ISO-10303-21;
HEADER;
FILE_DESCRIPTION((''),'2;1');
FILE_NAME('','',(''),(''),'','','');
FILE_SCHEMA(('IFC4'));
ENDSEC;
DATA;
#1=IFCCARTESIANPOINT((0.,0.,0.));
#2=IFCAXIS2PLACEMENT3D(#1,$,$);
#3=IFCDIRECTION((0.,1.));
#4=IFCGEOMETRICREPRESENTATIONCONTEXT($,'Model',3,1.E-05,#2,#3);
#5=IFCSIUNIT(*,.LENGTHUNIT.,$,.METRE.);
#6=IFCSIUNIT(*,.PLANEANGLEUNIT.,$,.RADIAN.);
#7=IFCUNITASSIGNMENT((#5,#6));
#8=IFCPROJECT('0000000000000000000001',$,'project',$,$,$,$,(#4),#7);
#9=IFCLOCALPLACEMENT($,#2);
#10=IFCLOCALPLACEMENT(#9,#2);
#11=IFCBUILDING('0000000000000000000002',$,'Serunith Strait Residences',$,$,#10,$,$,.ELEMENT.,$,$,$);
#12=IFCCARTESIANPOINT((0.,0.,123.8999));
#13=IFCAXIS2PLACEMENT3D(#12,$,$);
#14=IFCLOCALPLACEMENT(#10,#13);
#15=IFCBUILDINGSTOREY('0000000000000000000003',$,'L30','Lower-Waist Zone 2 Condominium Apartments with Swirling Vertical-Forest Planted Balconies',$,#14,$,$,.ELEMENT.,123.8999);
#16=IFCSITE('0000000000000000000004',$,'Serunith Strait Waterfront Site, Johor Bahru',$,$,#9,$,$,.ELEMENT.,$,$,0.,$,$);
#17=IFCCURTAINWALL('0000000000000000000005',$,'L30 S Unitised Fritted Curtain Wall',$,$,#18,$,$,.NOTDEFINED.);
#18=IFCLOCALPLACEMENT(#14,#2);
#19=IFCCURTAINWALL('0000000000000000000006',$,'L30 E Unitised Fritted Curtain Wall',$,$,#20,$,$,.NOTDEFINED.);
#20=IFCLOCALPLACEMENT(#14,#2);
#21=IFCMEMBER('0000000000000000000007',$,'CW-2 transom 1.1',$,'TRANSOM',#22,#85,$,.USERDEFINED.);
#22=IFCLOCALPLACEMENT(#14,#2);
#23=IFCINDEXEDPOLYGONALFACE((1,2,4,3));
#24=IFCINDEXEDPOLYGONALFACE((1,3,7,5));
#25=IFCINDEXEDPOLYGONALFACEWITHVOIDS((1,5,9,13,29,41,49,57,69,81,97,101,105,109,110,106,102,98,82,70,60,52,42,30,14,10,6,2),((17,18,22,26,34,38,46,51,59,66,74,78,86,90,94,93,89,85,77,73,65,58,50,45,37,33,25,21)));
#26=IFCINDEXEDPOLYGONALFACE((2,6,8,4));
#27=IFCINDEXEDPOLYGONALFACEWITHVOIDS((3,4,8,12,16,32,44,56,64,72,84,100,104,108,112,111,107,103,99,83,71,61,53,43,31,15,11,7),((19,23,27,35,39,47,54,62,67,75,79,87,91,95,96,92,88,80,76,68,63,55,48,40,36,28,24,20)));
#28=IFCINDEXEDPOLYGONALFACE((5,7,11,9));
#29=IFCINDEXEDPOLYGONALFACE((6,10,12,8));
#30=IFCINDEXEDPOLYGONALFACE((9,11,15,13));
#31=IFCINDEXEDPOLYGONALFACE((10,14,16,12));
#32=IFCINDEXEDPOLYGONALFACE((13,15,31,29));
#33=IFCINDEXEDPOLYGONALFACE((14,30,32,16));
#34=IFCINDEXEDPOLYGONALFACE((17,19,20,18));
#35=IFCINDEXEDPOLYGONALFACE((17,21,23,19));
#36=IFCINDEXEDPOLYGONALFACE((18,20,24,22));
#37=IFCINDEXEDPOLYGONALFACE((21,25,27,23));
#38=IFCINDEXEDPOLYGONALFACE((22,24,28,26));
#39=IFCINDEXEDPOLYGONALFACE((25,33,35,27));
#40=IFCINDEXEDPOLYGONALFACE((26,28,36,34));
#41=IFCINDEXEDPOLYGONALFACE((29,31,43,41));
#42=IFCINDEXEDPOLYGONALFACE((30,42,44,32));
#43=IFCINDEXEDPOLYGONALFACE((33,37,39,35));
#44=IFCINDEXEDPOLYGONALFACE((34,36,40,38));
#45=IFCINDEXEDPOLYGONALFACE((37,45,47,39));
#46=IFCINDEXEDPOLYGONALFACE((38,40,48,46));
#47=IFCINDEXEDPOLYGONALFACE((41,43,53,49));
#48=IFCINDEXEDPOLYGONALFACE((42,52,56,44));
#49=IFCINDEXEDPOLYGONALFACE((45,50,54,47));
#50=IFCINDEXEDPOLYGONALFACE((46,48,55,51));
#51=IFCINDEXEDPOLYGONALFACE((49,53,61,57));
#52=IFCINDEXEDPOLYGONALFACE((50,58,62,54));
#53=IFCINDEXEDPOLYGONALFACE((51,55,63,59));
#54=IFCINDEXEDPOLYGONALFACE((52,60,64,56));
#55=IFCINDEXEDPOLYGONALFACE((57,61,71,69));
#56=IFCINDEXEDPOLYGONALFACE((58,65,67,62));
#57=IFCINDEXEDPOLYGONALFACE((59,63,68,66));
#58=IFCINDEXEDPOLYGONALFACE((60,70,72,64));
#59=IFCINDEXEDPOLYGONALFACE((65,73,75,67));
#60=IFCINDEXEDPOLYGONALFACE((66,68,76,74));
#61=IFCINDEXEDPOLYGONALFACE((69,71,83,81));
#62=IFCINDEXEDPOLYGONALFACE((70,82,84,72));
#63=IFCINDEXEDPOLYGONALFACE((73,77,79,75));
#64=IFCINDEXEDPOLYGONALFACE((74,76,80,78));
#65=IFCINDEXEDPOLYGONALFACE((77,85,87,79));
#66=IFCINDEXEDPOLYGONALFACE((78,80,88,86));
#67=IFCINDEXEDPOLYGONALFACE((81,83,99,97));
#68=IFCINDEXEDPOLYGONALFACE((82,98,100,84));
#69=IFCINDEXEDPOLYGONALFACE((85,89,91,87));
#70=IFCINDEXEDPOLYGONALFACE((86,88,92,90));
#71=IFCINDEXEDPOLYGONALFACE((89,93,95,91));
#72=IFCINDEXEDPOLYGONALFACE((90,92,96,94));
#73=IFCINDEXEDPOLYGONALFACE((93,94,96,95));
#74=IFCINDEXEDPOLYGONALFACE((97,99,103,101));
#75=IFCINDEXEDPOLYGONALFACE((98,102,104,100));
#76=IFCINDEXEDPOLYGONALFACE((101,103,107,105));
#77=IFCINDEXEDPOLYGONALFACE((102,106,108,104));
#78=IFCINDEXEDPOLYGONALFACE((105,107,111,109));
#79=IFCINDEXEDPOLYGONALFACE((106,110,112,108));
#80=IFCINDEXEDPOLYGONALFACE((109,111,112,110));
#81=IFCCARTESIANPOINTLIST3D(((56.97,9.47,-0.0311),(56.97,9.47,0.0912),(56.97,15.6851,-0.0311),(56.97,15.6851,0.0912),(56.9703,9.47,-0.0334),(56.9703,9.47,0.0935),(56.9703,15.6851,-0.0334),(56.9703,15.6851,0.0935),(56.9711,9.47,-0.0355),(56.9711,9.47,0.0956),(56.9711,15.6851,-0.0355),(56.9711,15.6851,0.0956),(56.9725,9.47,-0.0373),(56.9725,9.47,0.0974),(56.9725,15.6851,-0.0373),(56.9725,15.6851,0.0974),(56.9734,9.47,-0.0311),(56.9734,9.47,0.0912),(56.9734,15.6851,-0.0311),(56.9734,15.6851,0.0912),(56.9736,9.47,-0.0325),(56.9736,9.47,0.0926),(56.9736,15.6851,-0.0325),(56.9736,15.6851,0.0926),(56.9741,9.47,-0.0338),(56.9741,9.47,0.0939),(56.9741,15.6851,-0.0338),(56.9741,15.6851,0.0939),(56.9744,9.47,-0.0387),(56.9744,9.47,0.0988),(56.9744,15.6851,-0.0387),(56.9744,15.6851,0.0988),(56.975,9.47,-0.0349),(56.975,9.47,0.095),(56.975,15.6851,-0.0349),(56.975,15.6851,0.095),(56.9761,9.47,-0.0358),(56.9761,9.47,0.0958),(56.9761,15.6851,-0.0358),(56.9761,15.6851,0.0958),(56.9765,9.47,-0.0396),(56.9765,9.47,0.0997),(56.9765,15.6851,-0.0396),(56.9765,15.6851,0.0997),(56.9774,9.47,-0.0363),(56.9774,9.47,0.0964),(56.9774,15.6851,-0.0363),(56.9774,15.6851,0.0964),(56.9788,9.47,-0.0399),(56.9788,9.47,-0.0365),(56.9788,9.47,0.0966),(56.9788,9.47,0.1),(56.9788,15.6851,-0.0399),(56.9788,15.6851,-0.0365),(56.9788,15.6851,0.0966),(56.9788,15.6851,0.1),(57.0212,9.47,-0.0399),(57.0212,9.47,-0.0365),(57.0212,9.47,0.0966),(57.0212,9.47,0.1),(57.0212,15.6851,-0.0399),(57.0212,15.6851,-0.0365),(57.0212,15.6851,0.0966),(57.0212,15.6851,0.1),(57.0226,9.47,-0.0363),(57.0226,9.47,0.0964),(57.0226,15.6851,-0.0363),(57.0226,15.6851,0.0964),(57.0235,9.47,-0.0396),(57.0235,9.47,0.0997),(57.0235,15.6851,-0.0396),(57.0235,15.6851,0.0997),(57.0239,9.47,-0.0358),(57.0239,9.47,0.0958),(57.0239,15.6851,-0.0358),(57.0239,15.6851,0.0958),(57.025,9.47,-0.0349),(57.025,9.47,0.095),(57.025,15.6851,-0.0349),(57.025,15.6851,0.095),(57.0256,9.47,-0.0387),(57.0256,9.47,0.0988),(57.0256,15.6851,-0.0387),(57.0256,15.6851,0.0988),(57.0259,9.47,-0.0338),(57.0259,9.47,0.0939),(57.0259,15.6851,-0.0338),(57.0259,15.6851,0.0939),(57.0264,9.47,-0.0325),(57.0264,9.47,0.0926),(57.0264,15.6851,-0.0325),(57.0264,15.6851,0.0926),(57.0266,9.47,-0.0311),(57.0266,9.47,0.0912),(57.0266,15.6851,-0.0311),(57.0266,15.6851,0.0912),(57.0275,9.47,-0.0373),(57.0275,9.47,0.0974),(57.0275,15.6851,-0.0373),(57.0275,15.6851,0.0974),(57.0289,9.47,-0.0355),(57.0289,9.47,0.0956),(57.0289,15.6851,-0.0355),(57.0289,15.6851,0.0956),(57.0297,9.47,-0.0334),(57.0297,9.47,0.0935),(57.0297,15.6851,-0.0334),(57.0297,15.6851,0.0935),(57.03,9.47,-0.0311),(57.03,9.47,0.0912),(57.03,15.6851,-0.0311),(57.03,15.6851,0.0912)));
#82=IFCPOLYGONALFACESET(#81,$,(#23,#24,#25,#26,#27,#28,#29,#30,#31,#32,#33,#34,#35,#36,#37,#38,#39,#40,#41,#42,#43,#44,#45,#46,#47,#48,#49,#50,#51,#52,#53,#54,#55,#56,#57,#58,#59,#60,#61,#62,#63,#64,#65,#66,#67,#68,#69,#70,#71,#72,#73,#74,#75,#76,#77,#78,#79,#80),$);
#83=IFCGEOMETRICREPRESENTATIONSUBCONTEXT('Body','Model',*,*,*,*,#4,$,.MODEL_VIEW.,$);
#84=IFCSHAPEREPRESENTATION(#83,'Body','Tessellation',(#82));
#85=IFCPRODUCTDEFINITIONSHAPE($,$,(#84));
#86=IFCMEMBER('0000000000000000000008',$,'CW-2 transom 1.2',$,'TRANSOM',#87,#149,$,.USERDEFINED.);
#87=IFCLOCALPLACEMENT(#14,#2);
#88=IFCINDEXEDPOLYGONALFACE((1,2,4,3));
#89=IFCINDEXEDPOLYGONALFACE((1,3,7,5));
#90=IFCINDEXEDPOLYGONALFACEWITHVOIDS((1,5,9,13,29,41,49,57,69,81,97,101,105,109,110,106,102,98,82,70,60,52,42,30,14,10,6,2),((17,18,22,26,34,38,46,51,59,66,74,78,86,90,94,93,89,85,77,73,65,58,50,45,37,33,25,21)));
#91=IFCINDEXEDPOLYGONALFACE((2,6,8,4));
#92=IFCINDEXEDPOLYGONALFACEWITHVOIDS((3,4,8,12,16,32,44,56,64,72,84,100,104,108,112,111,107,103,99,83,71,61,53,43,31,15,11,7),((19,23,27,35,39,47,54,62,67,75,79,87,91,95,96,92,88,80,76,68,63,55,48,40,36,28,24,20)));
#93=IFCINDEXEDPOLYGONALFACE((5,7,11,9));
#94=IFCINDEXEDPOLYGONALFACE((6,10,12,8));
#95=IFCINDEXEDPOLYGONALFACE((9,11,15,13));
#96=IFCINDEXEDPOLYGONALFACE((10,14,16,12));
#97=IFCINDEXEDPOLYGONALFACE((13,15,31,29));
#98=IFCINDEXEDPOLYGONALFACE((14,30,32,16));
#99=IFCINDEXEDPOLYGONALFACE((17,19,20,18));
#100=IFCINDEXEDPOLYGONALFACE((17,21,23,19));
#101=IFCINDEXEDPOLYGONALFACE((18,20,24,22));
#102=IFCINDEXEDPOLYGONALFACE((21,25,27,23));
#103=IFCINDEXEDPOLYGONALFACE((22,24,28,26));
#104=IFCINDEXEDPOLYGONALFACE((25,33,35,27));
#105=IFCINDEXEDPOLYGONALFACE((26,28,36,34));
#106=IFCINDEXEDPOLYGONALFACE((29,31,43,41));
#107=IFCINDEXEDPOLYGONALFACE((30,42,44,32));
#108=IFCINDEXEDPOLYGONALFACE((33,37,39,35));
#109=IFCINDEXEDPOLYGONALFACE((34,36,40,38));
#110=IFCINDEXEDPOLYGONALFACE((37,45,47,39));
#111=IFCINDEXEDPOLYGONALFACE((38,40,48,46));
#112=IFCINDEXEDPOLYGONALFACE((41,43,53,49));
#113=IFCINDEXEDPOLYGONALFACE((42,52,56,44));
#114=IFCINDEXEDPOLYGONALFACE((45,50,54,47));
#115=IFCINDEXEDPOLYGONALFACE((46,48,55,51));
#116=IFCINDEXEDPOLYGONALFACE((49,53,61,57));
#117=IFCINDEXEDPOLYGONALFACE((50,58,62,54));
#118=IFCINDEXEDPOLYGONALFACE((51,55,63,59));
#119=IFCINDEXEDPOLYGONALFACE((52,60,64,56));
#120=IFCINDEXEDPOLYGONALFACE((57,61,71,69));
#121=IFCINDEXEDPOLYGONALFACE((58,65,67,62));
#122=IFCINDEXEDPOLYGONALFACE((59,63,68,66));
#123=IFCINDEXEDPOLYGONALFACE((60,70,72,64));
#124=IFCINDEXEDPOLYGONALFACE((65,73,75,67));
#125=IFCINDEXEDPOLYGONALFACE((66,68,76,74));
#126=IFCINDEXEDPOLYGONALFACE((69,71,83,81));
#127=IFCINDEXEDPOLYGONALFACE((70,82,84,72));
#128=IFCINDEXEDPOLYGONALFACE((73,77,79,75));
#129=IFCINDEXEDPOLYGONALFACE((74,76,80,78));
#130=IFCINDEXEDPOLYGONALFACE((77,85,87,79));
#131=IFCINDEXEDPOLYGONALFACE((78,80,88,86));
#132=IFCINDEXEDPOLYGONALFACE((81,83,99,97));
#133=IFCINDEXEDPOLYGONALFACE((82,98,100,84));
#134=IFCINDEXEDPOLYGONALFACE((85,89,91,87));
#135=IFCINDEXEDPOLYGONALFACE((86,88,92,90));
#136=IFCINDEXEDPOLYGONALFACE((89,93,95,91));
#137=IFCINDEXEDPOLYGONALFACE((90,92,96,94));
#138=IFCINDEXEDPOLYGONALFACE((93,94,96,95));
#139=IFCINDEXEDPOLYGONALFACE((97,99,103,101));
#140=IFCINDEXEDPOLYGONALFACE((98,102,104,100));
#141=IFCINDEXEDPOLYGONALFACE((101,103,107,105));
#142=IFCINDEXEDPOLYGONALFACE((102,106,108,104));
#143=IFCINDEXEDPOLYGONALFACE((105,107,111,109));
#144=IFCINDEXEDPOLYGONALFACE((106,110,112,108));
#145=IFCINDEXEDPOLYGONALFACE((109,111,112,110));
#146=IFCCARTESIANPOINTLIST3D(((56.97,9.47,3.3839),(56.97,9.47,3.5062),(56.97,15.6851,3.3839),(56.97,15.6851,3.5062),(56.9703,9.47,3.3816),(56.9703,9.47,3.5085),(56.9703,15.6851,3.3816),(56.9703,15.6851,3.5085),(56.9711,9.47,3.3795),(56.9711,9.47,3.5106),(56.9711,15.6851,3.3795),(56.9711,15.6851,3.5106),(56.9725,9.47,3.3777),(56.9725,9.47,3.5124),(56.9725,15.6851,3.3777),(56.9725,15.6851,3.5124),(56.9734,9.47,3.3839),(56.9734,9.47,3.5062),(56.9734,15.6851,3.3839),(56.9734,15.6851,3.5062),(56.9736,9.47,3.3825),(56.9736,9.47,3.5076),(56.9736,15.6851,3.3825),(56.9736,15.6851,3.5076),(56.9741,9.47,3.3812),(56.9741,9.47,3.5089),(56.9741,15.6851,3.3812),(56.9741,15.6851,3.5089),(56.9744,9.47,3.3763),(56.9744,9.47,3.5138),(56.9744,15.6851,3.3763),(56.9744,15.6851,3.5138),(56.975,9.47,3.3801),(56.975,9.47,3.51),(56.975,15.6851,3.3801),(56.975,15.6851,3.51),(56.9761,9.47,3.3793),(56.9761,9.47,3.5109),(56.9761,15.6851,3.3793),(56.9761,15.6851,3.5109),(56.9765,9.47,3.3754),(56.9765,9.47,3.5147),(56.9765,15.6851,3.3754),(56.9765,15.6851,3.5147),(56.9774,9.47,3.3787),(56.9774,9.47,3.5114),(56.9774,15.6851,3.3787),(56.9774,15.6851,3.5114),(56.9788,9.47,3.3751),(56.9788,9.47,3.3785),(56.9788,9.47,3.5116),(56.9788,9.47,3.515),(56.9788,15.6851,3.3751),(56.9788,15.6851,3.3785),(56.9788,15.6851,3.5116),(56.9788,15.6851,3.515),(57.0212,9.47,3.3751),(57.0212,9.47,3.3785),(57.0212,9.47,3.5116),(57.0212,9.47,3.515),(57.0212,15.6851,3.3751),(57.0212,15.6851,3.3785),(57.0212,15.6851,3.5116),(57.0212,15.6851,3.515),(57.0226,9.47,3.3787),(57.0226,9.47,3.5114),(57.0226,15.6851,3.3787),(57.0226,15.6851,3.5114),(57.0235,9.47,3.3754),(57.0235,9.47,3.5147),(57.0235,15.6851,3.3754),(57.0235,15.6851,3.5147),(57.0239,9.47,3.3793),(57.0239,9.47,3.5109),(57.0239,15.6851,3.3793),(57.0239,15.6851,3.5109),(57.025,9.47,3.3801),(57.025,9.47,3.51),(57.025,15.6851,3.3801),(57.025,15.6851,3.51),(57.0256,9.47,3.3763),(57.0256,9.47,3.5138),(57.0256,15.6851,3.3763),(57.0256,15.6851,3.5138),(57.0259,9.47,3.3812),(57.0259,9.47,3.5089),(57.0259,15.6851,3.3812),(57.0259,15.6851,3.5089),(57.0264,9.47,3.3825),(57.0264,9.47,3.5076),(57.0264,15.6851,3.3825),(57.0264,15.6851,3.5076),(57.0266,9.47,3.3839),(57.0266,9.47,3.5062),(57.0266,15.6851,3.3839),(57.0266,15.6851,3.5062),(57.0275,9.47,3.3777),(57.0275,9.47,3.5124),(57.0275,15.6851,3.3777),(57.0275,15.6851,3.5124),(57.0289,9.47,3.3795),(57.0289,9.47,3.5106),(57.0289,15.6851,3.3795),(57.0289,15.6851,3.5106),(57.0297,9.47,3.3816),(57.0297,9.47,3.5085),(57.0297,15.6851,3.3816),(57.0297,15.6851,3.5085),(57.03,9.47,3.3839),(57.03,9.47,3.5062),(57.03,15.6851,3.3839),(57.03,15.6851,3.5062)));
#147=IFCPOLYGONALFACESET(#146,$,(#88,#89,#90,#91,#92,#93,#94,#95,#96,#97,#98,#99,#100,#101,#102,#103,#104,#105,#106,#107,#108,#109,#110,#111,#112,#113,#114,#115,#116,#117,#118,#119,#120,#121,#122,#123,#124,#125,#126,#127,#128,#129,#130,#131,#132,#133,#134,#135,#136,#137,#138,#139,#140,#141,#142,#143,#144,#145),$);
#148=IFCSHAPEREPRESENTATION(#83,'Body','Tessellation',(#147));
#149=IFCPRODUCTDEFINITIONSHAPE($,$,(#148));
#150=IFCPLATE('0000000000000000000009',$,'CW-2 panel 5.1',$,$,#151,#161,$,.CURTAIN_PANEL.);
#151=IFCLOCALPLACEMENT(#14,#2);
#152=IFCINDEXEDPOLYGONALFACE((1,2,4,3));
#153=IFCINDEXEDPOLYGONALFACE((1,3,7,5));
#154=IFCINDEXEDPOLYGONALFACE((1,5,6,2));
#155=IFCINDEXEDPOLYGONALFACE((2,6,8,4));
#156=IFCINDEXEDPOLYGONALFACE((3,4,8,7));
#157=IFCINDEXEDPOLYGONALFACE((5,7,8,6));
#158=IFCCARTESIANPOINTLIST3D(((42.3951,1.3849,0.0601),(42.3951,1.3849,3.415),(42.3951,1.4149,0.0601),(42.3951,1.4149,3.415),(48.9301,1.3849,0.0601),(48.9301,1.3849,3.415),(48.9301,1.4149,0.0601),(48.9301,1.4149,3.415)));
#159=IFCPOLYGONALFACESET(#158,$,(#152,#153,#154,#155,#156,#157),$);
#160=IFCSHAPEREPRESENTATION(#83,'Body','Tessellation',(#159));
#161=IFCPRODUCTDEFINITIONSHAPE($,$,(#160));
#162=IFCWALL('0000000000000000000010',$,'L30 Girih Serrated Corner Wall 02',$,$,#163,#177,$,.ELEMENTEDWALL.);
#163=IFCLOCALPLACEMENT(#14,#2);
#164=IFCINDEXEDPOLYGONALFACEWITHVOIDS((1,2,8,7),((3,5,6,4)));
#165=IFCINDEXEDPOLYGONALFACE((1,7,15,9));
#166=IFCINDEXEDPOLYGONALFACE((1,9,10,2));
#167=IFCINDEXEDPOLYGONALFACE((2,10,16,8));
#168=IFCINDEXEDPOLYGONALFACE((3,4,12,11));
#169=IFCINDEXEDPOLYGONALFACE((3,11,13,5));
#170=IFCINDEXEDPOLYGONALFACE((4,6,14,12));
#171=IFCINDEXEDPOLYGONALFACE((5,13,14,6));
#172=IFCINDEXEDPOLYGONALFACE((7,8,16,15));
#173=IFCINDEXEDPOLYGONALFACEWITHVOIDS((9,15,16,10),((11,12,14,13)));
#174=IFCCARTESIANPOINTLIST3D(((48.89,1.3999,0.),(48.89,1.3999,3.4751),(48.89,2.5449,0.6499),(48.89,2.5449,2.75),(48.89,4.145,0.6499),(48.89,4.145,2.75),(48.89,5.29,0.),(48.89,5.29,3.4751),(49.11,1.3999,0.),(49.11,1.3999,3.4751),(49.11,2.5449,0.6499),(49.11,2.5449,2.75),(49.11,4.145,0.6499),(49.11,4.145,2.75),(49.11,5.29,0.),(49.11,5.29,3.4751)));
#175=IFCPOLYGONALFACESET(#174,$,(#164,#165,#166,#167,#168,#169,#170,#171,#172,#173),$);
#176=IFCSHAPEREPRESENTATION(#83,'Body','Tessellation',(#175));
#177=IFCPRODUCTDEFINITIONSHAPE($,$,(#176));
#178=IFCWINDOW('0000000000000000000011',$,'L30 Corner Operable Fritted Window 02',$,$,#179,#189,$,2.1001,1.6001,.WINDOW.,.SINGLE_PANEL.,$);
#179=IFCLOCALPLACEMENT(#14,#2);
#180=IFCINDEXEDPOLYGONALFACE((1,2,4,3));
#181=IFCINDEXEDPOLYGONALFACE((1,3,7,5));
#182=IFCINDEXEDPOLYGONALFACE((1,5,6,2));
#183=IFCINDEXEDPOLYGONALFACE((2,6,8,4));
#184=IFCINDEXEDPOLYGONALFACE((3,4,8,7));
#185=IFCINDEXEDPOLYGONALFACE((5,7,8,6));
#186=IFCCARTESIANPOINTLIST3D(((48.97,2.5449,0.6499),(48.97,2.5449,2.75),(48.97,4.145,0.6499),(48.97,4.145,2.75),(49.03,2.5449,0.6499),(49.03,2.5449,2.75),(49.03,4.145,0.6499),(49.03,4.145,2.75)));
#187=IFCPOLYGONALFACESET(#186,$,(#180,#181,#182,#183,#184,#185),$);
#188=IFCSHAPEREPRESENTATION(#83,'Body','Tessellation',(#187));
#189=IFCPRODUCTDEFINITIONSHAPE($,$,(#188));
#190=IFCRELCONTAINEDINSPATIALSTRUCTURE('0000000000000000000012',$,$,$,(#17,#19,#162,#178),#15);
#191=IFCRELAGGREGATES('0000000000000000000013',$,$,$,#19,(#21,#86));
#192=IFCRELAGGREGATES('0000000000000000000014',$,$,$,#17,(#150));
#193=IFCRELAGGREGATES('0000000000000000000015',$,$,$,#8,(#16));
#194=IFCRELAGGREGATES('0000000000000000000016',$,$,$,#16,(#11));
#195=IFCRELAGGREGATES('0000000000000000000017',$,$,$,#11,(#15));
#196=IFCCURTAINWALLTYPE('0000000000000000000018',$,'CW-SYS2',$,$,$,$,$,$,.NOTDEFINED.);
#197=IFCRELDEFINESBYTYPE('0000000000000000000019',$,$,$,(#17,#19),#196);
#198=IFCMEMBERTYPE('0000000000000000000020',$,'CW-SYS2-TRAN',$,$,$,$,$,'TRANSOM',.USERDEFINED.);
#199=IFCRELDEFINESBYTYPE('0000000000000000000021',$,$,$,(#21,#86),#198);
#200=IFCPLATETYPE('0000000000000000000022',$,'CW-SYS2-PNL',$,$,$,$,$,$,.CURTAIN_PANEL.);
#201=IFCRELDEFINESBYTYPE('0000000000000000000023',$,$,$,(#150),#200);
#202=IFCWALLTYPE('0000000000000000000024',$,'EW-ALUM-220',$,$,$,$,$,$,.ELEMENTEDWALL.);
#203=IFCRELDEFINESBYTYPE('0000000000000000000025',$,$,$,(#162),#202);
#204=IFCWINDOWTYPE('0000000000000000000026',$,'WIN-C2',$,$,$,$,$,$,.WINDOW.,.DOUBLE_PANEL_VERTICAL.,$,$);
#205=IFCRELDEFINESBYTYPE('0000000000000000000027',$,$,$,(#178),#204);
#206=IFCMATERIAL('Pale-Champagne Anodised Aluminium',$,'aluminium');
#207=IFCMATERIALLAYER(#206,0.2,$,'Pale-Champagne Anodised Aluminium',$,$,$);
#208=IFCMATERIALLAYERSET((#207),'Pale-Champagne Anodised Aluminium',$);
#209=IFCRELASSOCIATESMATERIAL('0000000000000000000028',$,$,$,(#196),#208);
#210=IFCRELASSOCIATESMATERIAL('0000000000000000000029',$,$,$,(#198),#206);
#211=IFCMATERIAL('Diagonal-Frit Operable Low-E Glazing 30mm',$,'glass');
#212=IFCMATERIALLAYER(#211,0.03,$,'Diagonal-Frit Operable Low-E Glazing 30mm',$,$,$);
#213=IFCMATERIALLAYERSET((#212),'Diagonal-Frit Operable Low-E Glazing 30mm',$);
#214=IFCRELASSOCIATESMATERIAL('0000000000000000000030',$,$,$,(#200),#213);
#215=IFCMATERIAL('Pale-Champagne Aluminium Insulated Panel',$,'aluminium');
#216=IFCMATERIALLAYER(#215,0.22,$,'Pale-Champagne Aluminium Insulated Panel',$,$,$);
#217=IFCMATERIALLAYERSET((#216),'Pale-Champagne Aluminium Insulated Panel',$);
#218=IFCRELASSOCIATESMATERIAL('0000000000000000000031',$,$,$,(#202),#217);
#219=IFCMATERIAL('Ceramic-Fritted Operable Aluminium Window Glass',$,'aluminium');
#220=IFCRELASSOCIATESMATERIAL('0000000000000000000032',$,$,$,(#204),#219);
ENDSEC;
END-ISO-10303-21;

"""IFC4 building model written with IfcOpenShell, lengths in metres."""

from ifc_helpers import new_model, si_unit, direction, frame, frame_2d, origin, origin_2d, place, context, subcontext, project, spatial, rectangle, hollow_rectangle, extrude, source, transform, mapped, material, layer, layer_set, material_profile, profile_set, type_object, element, fill, aggregate, save


model = new_model("IFC4")

# Units and contexts
model_context = context("Model", 3, precision=1e-05, world=origin(), true_north=direction((0.0, 1.0)))
body_context = subcontext(model_context, "Body", "Model", "MODEL_VIEW")
ifc_project = project(units=[si_unit("LENGTHUNIT", "METRE"), si_unit("PLANEANGLEUNIT", "RADIAN")], contexts=[model_context])

# Site, building, storey
site_placement = place(None, origin())
site = spatial("IfcSite", under=ifc_project, at=site_placement, Name="Serunith Strait Waterfront Site, Johor Bahru", CompositionType="ELEMENT", RefElevation=0.0)
building_placement = place(site_placement, origin())
building = spatial("IfcBuilding", under=site, at=building_placement, Name="Serunith Strait Residences", CompositionType="ELEMENT")
storey_placement = place(building_placement, frame((0.0, 0.0, 123.8999)))
storey = spatial("IfcBuildingStorey", under=building, at=storey_placement, Name="L30", Description="Lower-Waist Zone 2 Condominium Apartments with Swirling Vertical-Forest Planted Balconies", CompositionType="ELEMENT", Elevation=123.8999)

# Curtain wall
ifc_material_1 = material(Name="Pale-Champagne Anodised Aluminium", Category="aluminium")
ifc_layer_1 = layer(ifc_material_1, 0.2, Name="Pale-Champagne Anodised Aluminium")
ifc_layer_set_1 = layer_set([ifc_layer_1], Name="Pale-Champagne Anodised Aluminium")
curtain_wall_type = type_object("IfcCurtainWallType", Name="CW-SYS2", PredefinedType="NOTDEFINED", material=ifc_layer_set_1)
curtain_wall_1_placement = place(storey_placement, origin())
curtain_wall_1 = element("IfcCurtainWall", 1, at=curtain_wall_1_placement, inside=storey, type_object=curtain_wall_type, Name="L30 S Unitised Fritted Curtain Wall", PredefinedType="NOTDEFINED")

# Curtain wall, members
curtain_wall_2_placement = place(storey_placement, origin())
curtain_wall_2 = element("IfcCurtainWall", 2, at=curtain_wall_2_placement, inside=storey, type_object=curtain_wall_type, Name="L30 E Unitised Fritted Curtain Wall", PredefinedType="NOTDEFINED")
ifc_material_profile_1 = material_profile(ifc_material_1, hollow_rectangle(XDim=0.0601, YDim=0.1399, WallThickness=0.0034, InnerFilletRadius=0.0054, OuterFilletRadius=0.0088, at=origin_2d()), Name="ALU 140x60x3.5")
ifc_profile_set_1 = profile_set([ifc_material_profile_1], Name="Pale-Champagne Anodised Aluminium")
member_type_1 = type_object("IfcMemberType", Name="CW-SYS2-TRAN", ElementType="TRANSOM", PredefinedType="USERDEFINED", material=ifc_profile_set_1)
shared_shape_1 = source(origin(), body_context, "Body", "SweptSolid", [
    extrude(hollow_rectangle(XDim=0.0601, YDim=0.1399, WallThickness=0.0034, InnerFilletRadius=0.0054, OuterFilletRadius=0.0088, at=origin_2d()), origin(), (0.0, 0.0, 1.0), 6.2151),
])
member_1_placement = place(storey_placement, frame((57.0, 9.47, 0.03), z_axis=(0.0, 1.0, 0.0), x_axis=(-1.0, 0.0, 0.0)))
member_1 = element("IfcMember", 3, at=member_1_placement, type_object=member_type_1, Name="CW-2 transom 1.1", ObjectType="TRANSOM", PredefinedType="USERDEFINED", context=body_context, shape_type="MappedRepresentation", body=[
    mapped(shared_shape_1, transform((0.0, 0.0, 0.0), scale=1.0)),
])
member_2_placement = place(storey_placement, frame((57.0, 9.47, 3.4451), z_axis=(0.0, 1.0, 0.0), x_axis=(-1.0, 0.0, 0.0)))
member_2 = element("IfcMember", 4, at=member_2_placement, type_object=member_type_1, Name="CW-2 transom 1.2", ObjectType="TRANSOM", PredefinedType="USERDEFINED", context=body_context, shape_type="MappedRepresentation", body=[
    mapped(shared_shape_1, transform((0.0, 0.0, 0.0), scale=1.0)),
])
aggregate(curtain_wall_2, [member_1, member_2])

# Plate
ifc_material_2 = material(Name="Diagonal-Frit Operable Low-E Glazing 30mm", Category="glass")
ifc_layer_2 = layer(ifc_material_2, 0.03, Name="Diagonal-Frit Operable Low-E Glazing 30mm")
ifc_layer_set_2 = layer_set([ifc_layer_2], Name="Diagonal-Frit Operable Low-E Glazing 30mm")
plate_type = type_object("IfcPlateType", Name="CW-SYS2-PNL", PredefinedType="CURTAIN_PANEL", material=ifc_layer_set_2)
shared_shape_2 = source(origin(), body_context, "Body", "SweptSolid", [
    extrude(rectangle(XDim=6.5349, YDim=0.03, at=origin_2d()), origin(), (0.0, 0.0, 1.0), 3.355),
])
plate_placement = place(storey_placement, frame((45.6626, 1.3999, 0.0601), z_axis=(0.0, 0.0, 1.0), x_axis=(1.0, 0.0, 0.0)))
plate = element("IfcPlate", 5, at=plate_placement, type_object=plate_type, Name="CW-2 panel 5.1", PredefinedType="CURTAIN_PANEL", context=body_context, shape_type="MappedRepresentation", body=[
    mapped(shared_shape_2, transform((0.0, 0.0, 0.0), scale=1.0)),
])
aggregate(curtain_wall_1, [plate])

# Wall, opening, window
ifc_material_3 = material(Name="Pale-Champagne Aluminium Insulated Panel", Category="aluminium")
ifc_layer_3 = layer(ifc_material_3, 0.22, Name="Pale-Champagne Aluminium Insulated Panel")
ifc_layer_set_3 = layer_set([ifc_layer_3], Name="Pale-Champagne Aluminium Insulated Panel")
wall_type_1 = type_object("IfcWallType", Name="EW-ALUM-220", PredefinedType="ELEMENTEDWALL", material=ifc_layer_set_3)
wall_1_placement = place(storey_placement, frame((49.0, 1.3999, 0.0), z_axis=(0.0, 0.0, 1.0), x_axis=(0.0, 1.0, 0.0)))
wall_1 = element("IfcWall", 6, at=wall_1_placement, inside=storey, type_object=wall_type_1, Name="L30 Girih Serrated Corner Wall 02", PredefinedType="ELEMENTEDWALL", context=body_context, shape_type="SweptSolid", body=[
    extrude(rectangle(XDim=3.8901, YDim=0.22, at=frame_2d((1.9451, 0.0))), origin(), (0.0, 0.0, 1.0), 3.4751),
])
opening_1_placement = place(wall_1_placement, frame((1.145, 0.0, 0.6499)))
opening_1 = element("IfcOpeningElement", 7, at=opening_1_placement, cuts=wall_1, PredefinedType="OPENING", context=body_context, shape_type="SweptSolid", body=[
    extrude(rectangle(XDim=1.6001, YDim=2.1001, at=frame_2d((0.8, 1.05))), frame((0.0, 0.1201, 0.0), z_axis=(0.0, -1.0, 0.0), x_axis=(1.0, 0.0, 0.0)), (0.0, 0.0, 1.0), 0.24),
])
ifc_material_4 = material(Name="Ceramic-Fritted Operable Aluminium Window Glass", Category="aluminium")
window_type = type_object("IfcWindowType", Name="WIN-C2", PartitioningType="DOUBLE_PANEL_VERTICAL", PredefinedType="WINDOW", material=ifc_material_4)
shared_shape_3 = source(origin(), body_context, "Body", "SweptSolid", [
    extrude(rectangle(XDim=1.6001, YDim=2.1001, at=frame_2d((0.8, 1.05))), frame((0.0, 0.03, 0.0), z_axis=(0.0, -1.0, 0.0), x_axis=(1.0, 0.0, 0.0)), (0.0, 0.0, 1.0), 0.0601),
])
window_1_placement = place(opening_1_placement, origin())
window_1 = element("IfcWindow", 8, at=window_1_placement, inside=storey, type_object=window_type, Name="L30 Corner Operable Fritted Window 02", OverallHeight=2.1001, OverallWidth=1.6001, PartitioningType="SINGLE_PANEL", PredefinedType="WINDOW", context=body_context, shape_type="MappedRepresentation", body=[
    mapped(shared_shape_3, transform((0.0, 0.0, 0.0), scale=1.0)),
])
fill(opening_1, window_1)

save(model, "model.ifc")
